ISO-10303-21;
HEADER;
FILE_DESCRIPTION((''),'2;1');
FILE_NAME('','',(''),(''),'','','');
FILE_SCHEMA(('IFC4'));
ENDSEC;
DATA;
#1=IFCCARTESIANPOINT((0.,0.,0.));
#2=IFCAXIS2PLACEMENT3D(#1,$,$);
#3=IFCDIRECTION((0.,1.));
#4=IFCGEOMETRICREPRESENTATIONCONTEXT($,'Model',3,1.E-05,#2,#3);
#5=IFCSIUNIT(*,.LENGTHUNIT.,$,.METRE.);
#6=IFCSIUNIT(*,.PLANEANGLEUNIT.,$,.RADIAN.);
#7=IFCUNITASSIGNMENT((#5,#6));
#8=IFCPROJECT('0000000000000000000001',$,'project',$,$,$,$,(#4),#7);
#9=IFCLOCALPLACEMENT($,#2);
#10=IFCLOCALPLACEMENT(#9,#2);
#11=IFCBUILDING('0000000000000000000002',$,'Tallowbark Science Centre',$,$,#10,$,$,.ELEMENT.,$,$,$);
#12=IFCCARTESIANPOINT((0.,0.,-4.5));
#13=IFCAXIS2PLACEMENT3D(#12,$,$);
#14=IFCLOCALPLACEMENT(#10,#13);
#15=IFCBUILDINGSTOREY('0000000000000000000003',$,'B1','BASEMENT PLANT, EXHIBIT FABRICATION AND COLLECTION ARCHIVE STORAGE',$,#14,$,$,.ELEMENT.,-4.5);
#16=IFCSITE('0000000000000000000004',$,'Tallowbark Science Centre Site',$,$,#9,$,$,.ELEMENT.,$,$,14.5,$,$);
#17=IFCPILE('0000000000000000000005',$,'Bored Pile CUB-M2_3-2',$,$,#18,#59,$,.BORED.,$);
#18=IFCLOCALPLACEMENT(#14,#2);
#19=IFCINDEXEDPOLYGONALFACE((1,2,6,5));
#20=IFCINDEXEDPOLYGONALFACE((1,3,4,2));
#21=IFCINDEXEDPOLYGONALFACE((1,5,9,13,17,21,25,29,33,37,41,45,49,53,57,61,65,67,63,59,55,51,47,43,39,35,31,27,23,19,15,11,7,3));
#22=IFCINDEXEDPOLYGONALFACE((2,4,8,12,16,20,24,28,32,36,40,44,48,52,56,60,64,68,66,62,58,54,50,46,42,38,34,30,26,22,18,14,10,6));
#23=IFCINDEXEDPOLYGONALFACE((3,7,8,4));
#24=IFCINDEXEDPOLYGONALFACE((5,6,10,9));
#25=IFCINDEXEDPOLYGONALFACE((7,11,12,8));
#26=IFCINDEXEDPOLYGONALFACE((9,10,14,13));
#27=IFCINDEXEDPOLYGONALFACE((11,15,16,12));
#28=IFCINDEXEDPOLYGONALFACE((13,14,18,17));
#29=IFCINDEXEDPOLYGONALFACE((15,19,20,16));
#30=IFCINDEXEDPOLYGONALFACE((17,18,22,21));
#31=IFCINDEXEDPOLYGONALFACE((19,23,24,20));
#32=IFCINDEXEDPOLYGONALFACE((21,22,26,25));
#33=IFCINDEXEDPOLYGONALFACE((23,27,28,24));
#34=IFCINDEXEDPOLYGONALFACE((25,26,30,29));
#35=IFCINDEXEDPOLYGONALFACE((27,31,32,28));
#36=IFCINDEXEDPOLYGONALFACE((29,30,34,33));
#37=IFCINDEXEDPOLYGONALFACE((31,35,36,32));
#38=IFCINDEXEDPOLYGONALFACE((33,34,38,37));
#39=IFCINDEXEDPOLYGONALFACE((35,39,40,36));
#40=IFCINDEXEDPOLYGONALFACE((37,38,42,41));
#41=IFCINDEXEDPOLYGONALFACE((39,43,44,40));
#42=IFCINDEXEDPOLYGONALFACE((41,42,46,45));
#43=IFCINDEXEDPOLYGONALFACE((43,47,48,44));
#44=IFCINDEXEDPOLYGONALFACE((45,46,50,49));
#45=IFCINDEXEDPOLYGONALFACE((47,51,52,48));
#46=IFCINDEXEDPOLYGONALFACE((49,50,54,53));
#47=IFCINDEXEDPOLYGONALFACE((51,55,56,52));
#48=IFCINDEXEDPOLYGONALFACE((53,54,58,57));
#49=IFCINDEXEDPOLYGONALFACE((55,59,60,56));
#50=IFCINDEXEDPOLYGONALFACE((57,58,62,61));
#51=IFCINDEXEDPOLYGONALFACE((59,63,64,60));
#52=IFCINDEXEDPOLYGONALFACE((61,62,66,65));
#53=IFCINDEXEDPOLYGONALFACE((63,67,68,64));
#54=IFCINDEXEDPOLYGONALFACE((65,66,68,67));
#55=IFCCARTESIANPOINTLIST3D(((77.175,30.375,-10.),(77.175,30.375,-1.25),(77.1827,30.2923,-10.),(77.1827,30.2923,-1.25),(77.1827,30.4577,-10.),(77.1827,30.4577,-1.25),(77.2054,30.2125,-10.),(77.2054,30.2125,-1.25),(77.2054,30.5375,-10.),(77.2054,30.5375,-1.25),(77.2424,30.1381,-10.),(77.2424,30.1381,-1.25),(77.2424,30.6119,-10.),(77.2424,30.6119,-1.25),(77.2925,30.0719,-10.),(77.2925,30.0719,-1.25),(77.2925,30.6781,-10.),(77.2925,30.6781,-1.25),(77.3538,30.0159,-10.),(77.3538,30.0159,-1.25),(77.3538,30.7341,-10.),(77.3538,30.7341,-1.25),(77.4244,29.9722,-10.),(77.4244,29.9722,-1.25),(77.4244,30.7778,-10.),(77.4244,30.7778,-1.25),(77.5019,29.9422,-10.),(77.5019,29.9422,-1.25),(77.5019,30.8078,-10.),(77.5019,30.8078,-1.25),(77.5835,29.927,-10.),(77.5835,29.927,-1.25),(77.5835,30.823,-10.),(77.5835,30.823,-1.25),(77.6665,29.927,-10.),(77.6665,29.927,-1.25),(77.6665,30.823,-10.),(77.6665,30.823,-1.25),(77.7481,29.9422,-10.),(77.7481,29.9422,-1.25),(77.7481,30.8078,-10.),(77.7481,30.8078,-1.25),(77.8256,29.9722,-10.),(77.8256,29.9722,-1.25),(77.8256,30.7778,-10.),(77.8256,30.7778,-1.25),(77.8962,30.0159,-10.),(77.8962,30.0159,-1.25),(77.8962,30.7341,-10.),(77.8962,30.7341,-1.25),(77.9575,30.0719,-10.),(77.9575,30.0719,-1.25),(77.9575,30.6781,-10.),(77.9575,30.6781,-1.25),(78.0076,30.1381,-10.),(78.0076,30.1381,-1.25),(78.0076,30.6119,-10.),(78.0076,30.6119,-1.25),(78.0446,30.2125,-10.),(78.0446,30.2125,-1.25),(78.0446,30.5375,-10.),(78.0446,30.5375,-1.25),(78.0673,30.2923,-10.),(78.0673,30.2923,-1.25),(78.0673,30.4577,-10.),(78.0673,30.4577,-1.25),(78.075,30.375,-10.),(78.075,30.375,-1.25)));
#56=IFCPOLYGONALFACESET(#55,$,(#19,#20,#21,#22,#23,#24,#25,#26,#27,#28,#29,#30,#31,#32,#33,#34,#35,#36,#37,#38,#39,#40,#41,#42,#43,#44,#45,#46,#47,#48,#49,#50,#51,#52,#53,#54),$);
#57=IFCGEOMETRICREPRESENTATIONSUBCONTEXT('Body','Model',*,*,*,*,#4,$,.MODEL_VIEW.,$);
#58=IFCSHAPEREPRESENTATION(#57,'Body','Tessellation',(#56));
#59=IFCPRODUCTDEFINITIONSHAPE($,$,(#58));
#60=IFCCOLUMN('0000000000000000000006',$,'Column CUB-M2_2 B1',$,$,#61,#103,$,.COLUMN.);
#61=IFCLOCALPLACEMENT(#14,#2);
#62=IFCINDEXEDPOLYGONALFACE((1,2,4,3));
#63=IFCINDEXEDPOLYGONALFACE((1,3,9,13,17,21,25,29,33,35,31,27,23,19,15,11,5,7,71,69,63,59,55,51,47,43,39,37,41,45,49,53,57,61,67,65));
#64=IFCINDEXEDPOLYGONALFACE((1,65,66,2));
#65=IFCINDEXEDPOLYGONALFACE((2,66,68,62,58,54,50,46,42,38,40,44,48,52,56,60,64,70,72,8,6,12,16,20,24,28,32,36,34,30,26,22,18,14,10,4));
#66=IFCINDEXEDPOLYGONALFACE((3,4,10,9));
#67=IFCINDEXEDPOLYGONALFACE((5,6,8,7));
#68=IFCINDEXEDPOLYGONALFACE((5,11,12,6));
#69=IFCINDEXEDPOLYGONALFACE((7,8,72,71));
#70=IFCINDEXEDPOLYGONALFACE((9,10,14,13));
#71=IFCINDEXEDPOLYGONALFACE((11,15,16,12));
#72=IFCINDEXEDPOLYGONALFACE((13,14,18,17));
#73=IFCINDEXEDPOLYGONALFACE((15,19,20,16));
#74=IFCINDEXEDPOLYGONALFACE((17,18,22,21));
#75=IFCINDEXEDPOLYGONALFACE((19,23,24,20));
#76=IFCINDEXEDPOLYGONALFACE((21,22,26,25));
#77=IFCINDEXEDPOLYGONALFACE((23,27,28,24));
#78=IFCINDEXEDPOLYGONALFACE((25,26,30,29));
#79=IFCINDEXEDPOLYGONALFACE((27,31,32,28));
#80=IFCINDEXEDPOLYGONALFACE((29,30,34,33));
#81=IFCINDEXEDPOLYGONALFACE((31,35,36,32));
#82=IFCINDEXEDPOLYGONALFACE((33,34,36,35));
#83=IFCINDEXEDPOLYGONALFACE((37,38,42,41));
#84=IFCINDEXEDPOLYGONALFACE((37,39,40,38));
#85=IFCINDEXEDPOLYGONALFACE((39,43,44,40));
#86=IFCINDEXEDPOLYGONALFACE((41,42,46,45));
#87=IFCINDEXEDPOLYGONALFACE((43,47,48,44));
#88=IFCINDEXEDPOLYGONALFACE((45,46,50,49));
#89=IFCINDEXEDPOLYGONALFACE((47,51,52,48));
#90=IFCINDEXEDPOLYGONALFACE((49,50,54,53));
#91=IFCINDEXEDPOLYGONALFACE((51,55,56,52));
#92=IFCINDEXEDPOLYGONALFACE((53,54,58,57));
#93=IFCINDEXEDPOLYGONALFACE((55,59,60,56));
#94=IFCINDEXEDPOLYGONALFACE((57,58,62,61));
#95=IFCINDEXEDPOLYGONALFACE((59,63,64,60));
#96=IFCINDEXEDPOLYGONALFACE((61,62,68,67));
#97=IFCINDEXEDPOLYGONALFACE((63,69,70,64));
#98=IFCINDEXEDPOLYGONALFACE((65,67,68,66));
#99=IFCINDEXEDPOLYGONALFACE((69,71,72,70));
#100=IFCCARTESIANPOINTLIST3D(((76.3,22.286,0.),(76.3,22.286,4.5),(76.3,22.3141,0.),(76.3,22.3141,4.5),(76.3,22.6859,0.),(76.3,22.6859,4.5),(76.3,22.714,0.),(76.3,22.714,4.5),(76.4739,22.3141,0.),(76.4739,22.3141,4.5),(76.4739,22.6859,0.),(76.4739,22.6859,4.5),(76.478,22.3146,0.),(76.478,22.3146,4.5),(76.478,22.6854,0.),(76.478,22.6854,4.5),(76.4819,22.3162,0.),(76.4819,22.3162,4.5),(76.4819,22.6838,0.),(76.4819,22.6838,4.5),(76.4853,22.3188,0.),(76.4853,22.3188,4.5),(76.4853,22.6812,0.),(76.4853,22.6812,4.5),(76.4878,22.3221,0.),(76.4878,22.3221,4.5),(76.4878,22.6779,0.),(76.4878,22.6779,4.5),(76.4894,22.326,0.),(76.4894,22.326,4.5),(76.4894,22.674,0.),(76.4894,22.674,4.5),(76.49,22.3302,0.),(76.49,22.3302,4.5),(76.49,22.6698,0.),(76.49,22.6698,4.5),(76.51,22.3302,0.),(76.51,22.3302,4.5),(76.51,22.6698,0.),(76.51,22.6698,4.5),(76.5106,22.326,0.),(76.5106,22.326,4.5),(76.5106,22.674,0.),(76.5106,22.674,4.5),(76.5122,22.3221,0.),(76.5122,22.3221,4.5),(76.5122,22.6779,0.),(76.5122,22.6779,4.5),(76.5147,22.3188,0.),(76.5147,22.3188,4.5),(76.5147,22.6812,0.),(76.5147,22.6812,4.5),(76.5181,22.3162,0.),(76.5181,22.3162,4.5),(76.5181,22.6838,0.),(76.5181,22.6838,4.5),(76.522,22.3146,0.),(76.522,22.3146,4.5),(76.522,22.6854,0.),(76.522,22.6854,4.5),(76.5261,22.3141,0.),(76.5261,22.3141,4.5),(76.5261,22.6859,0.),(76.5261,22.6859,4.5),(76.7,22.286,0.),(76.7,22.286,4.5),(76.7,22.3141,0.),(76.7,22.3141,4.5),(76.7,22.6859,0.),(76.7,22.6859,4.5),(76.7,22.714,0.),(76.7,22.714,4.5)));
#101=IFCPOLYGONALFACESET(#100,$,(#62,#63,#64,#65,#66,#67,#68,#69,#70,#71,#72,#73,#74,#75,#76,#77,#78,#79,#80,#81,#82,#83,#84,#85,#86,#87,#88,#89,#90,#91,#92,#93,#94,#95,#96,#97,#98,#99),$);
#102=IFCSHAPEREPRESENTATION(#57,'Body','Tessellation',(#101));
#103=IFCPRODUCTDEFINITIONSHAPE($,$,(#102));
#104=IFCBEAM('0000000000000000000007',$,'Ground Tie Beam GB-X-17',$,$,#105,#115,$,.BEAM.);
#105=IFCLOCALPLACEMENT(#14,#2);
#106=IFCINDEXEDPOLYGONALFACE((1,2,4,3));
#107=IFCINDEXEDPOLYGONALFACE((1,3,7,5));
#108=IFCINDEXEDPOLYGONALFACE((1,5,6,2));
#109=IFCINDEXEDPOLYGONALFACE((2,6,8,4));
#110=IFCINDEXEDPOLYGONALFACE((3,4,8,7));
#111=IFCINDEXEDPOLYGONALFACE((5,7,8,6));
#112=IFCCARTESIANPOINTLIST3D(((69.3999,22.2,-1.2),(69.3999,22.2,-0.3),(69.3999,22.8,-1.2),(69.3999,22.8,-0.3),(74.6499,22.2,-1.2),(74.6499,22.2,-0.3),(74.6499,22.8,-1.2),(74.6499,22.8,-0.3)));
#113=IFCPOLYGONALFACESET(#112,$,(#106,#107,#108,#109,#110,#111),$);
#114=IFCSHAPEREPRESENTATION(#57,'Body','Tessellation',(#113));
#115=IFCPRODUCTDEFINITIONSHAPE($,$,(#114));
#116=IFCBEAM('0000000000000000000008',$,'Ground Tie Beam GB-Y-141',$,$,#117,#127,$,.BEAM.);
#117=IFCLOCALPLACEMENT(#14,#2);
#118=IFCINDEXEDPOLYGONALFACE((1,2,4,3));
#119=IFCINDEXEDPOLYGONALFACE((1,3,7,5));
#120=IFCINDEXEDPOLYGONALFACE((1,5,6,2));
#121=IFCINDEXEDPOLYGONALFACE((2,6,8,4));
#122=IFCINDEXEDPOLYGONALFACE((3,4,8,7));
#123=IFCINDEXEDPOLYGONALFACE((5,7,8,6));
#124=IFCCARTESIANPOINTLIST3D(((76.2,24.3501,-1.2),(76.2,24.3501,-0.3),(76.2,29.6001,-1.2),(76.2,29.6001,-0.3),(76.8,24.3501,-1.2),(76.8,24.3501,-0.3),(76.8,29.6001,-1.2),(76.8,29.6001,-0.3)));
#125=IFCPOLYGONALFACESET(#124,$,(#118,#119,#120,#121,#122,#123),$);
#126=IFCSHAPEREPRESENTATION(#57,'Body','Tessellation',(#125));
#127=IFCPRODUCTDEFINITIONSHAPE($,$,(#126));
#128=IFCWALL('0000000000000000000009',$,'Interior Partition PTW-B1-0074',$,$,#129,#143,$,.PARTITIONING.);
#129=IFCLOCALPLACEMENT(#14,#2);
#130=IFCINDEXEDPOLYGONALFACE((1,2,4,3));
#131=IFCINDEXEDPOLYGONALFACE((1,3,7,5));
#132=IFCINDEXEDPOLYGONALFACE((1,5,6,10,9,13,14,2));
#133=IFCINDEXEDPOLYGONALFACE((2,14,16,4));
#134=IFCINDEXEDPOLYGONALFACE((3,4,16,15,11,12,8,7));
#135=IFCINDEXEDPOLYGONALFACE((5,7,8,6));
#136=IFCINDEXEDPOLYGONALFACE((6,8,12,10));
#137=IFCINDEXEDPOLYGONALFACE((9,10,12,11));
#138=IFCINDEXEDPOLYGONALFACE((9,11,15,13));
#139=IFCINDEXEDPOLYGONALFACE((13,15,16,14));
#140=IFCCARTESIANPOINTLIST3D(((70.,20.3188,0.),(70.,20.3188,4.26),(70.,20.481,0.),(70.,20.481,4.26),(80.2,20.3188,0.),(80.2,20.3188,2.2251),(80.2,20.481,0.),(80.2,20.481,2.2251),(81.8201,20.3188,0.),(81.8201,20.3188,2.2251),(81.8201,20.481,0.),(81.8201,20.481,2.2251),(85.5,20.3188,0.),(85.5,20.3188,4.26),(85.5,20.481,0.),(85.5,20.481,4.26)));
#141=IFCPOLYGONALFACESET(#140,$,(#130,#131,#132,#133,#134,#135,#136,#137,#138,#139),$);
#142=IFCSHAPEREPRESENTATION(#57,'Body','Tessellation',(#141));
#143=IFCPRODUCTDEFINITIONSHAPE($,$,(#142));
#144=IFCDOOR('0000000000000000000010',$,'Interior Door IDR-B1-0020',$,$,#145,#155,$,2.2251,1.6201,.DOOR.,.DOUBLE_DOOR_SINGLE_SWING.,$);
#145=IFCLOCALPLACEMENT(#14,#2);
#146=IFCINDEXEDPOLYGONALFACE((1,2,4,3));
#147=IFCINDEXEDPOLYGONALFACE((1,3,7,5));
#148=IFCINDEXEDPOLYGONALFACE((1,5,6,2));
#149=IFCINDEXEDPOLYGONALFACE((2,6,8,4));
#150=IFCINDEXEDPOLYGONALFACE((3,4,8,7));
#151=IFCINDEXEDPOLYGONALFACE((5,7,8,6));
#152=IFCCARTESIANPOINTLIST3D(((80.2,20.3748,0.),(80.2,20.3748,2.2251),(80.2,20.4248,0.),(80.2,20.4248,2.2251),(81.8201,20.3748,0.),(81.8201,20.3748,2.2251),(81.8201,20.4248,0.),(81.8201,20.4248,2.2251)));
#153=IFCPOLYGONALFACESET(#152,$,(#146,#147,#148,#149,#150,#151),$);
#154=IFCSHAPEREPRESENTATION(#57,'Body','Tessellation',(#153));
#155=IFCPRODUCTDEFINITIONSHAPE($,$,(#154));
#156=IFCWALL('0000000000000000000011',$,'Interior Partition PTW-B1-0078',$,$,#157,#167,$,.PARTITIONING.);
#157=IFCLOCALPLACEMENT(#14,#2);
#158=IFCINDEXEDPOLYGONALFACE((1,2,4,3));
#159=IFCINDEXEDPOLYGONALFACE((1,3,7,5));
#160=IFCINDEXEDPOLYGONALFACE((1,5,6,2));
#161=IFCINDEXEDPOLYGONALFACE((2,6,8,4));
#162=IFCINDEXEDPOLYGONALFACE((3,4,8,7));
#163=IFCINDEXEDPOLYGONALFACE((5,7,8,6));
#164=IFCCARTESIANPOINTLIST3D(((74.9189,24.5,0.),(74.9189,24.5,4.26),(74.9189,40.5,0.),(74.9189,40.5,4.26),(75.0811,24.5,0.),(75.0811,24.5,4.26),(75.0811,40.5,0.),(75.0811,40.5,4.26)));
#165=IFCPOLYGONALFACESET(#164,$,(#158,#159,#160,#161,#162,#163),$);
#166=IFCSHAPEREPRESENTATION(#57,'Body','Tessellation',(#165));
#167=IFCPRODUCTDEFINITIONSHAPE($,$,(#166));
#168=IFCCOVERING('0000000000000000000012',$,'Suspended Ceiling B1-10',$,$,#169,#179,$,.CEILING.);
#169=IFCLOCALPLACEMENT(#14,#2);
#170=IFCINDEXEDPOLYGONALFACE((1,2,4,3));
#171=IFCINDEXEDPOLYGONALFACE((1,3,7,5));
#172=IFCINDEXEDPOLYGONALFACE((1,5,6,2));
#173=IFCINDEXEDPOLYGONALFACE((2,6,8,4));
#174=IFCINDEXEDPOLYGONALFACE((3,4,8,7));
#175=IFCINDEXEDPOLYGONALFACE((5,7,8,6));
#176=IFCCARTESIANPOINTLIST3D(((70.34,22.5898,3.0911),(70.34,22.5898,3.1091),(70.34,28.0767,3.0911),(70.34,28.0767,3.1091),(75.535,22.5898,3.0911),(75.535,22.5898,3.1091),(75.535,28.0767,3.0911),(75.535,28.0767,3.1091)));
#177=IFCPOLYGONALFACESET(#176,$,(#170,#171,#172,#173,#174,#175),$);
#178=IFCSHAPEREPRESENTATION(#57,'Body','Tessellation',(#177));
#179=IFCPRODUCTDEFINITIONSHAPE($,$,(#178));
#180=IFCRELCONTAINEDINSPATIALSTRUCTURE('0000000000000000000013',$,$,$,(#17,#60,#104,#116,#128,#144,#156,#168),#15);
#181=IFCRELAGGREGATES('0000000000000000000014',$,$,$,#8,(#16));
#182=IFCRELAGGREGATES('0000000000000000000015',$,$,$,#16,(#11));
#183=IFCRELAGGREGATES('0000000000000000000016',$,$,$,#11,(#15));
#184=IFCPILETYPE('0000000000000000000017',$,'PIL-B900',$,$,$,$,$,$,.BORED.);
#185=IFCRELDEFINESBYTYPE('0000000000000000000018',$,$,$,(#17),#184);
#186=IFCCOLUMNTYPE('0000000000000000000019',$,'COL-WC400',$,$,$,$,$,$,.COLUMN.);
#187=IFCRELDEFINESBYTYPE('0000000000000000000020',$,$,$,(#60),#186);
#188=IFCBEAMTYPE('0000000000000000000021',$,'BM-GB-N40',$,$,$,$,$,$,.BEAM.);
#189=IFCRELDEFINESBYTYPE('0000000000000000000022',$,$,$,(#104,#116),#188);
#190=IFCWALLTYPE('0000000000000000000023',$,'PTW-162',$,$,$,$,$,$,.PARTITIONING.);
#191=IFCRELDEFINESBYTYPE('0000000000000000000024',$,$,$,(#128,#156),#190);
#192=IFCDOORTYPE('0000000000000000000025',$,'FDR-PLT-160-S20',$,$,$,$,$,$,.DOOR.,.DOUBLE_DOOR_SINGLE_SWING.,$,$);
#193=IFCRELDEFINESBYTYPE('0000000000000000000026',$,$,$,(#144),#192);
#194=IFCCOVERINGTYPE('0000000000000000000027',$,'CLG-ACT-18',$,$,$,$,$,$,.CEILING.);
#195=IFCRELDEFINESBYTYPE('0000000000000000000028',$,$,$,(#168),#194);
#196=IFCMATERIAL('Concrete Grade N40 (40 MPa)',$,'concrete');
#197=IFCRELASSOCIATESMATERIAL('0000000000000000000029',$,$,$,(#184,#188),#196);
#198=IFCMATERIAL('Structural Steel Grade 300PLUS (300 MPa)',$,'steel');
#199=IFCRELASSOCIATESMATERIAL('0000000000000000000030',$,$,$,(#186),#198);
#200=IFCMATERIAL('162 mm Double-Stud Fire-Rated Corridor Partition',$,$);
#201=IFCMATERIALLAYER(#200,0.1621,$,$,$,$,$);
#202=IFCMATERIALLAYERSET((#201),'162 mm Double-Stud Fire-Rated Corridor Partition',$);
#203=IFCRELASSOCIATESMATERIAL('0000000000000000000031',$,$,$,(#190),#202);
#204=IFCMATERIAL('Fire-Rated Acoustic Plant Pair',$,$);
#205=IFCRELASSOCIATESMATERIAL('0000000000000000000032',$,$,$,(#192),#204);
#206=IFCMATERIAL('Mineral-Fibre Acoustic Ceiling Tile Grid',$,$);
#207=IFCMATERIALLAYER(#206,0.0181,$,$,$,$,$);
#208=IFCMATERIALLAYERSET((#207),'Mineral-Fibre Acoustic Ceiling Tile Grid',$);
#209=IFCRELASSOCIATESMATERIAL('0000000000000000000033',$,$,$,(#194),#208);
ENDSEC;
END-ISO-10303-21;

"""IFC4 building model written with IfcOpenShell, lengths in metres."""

from ifc_helpers import new_model, si_unit, direction, frame, frame_2d, origin, origin_2d, place, context, subcontext, project, spatial, rectangle, circle, i_section, extrude, material, layer, layer_set, material_profile, profile_set, type_object, element, fill, save


model = new_model("IFC4")

# Units and contexts
model_context = context("Model", 3, precision=1e-05, world=origin(), true_north=direction((0.0, 1.0)))
body_context = subcontext(model_context, "Body", "Model", "MODEL_VIEW")
ifc_project = project(units=[si_unit("LENGTHUNIT", "METRE"), si_unit("PLANEANGLEUNIT", "RADIAN")], contexts=[model_context])

# Site, building, storey
site_placement = place(None, origin())
site = spatial("IfcSite", under=ifc_project, at=site_placement, Name="Tallowbark Science Centre Site", CompositionType="ELEMENT", RefElevation=14.5)
building_placement = place(site_placement, origin())
building = spatial("IfcBuilding", under=site, at=building_placement, Name="Tallowbark Science Centre", CompositionType="ELEMENT")
storey_placement = place(building_placement, frame((0.0, 0.0, -4.5)))
storey = spatial("IfcBuildingStorey", under=building, at=storey_placement, Name="B1", Description="BASEMENT PLANT, EXHIBIT FABRICATION AND COLLECTION ARCHIVE STORAGE", CompositionType="ELEMENT", Elevation=-4.5)

# Shared definitions
ifc_material_1 = material(Name="Concrete Grade N40 (40 MPa)", Category="concrete")

# Pile
ifc_material_profile_1 = material_profile(ifc_material_1, circle(Radius=0.45, at=origin_2d()), Name="PILE900")
ifc_profile_set_1 = profile_set([ifc_material_profile_1], Name="Concrete Grade N40 (40 MPa)")
pile_type = type_object("IfcPileType", Name="PIL-B900", PredefinedType="BORED", material=ifc_profile_set_1)
for number, where, z_axis, x_axis, name in (
    (1, (77.625, 30.375, -1.25), (0.0, 0.0, -1.0), (1.0, 0.0, 0.0), "Bored Pile CUB-M2_3-2"),
):
    element("IfcPile", number, at=place(storey_placement, frame(where, z_axis=z_axis, x_axis=x_axis)), inside=storey, type_object=pile_type, Name=name, PredefinedType="BORED", context=body_context, shape_type="SweptSolid", body=[
        extrude(circle(Radius=0.45, at=origin_2d()), origin(), (0.0, 0.0, 1.0), 8.75),
    ])

# Column
ifc_material_2 = material(Name="Structural Steel Grade 300PLUS (300 MPa)", Category="steel")
ifc_material_profile_2 = material_profile(ifc_material_2, i_section(OverallWidth=0.3999, OverallDepth=0.428, WebThickness=0.02, FlangeThickness=0.0281, FilletRadius=0.0161, at=origin_2d()), Name="400WC270")
ifc_profile_set_2 = profile_set([ifc_material_profile_2], Name="Structural Steel Grade 300PLUS (300 MPa)")
column_type = type_object("IfcColumnType", Name="COL-WC400", PredefinedType="COLUMN", material=ifc_profile_set_2)
column_placement = place(storey_placement, frame((76.5, 22.5, 0.0), z_axis=(0.0, 0.0, 1.0), x_axis=(1.0, 0.0, 0.0)))
element("IfcColumn", 2, at=column_placement, inside=storey, type_object=column_type, Name="Column CUB-M2_2 B1", PredefinedType="COLUMN", context=body_context, shape_type="SweptSolid", body=[
    extrude(i_section(OverallWidth=0.3999, OverallDepth=0.428, WebThickness=0.02, FlangeThickness=0.0281, FilletRadius=0.0161, at=origin_2d()), origin(), (0.0, 0.0, 1.0), 4.5),
])

# Beams
ifc_material_profile_3 = material_profile(ifc_material_1, rectangle(XDim=0.6001, YDim=0.8999, at=origin_2d()), Name="RC600x900")
ifc_profile_set_3 = profile_set([ifc_material_profile_3], Name="Concrete Grade N40 (40 MPa)")
beam_type = type_object("IfcBeamType", Name="BM-GB-N40", PredefinedType="BEAM", material=ifc_profile_set_3)
for number, where, z_axis, x_axis, name in (
    (3, (69.3999, 22.5, -0.75), (1.0, 0.0, 0.0), (0.0, 1.0, 0.0), "Ground Tie Beam GB-X-17"),
    (4, (76.5, 24.3501, -0.75), (0.0, 1.0, 0.0), (-1.0, 0.0, 0.0), "Ground Tie Beam GB-Y-141"),
):
    element("IfcBeam", number, at=place(storey_placement, frame(where, z_axis=z_axis, x_axis=x_axis)), inside=storey, type_object=beam_type, Name=name, PredefinedType="BEAM", context=body_context, shape_type="SweptSolid", body=[
        extrude(rectangle(XDim=0.6001, YDim=0.8999, at=origin_2d()), origin(), (0.0, 0.0, 1.0), 5.25),
    ])

# Wall, opening, door
ifc_material_3 = material(Name="162 mm Double-Stud Fire-Rated Corridor Partition")
ifc_layer_1 = layer(ifc_material_3, 0.1621)
ifc_layer_set_1 = layer_set([ifc_layer_1], Name="162 mm Double-Stud Fire-Rated Corridor Partition")
wall_type = type_object("IfcWallType", Name="PTW-162", PredefinedType="PARTITIONING", material=ifc_layer_set_1)
wall_1_placement = place(storey_placement, frame((70.0, 20.3999, 0.0), z_axis=(0.0, 0.0, 1.0), x_axis=(1.0, 0.0, 0.0)))
wall_1 = element("IfcWall", 5, at=wall_1_placement, inside=storey, type_object=wall_type, Name="Interior Partition PTW-B1-0074", PredefinedType="PARTITIONING", context=body_context, shape_type="SweptSolid", body=[
    extrude(rectangle(XDim=15.5, YDim=0.1621, at=frame_2d((7.75, 0.0))), origin(), (0.0, 0.0, 1.0), 4.26),
])
opening_placement = place(wall_1_placement, frame((10.2, 0.0, 0.0)))
opening = element("IfcOpeningElement", 6, at=opening_placement, cuts=wall_1, PredefinedType="OPENING", context=body_context, shape_type="SweptSolid", body=[
    extrude(rectangle(XDim=1.6201, YDim=2.2251, at=frame_2d((0.8101, 1.1125))), frame((0.0, 0.0911, 0.0), z_axis=(0.0, -1.0, 0.0), x_axis=(1.0, 0.0, 0.0)), (0.0, 0.0, 1.0), 0.1821),
])
ifc_material_4 = material(Name="Fire-Rated Acoustic Plant Pair")
door_type = type_object("IfcDoorType", Name="FDR-PLT-160-S20", OperationType="DOUBLE_DOOR_SINGLE_SWING", PredefinedType="DOOR", material=ifc_material_4)
door_placement = place(opening_placement, origin())
door = element("IfcDoor", 7, at=door_placement, inside=storey, type_object=door_type, Name="Interior Door IDR-B1-0020", OperationType="DOUBLE_DOOR_SINGLE_SWING", OverallHeight=2.2251, OverallWidth=1.6201, PredefinedType="DOOR", context=body_context, shape_type="SweptSolid", body=[
    extrude(rectangle(XDim=1.6201, YDim=2.2251, at=frame_2d((0.8101, 1.1125))), frame((0.0, 0.0249, 0.0), z_axis=(0.0, -1.0, 0.0), x_axis=(1.0, 0.0, 0.0)), (0.0, 0.0, 1.0), 0.05),
])
fill(opening, door)

# Wall
wall_2_placement = place(storey_placement, frame((75.0, 24.5, 0.0), z_axis=(0.0, 0.0, 1.0), x_axis=(0.0, 1.0, 0.0)))
element("IfcWall", 8, at=wall_2_placement, inside=storey, type_object=wall_type, Name="Interior Partition PTW-B1-0078", PredefinedType="PARTITIONING", context=body_context, shape_type="SweptSolid", body=[
    extrude(rectangle(XDim=16.0, YDim=0.1621, at=frame_2d((8.0, 0.0))), origin(), (0.0, 0.0, 1.0), 4.26),
])

# Covering
ifc_material_5 = material(Name="Mineral-Fibre Acoustic Ceiling Tile Grid")
ifc_layer_2 = layer(ifc_material_5, 0.0181)
ifc_layer_set_2 = layer_set([ifc_layer_2], Name="Mineral-Fibre Acoustic Ceiling Tile Grid")
covering_type_1 = type_object("IfcCoveringType", Name="CLG-ACT-18", PredefinedType="CEILING", material=ifc_layer_set_2)
for number, where, z_axis, x_axis, name in (
    (9, (72.9375, 25.3333, 3.0911), (0.0, 0.0, 1.0), (1.0, 0.0, 0.0), "Suspended Ceiling B1-10"),
):
    element("IfcCovering", number, at=place(storey_placement, frame(where, z_axis=z_axis, x_axis=x_axis)), inside=storey, type_object=covering_type_1, Name=name, PredefinedType="CEILING", context=body_context, shape_type="SweptSolid", body=[
        extrude(rectangle(XDim=5.1951, YDim=5.4868, at=origin_2d()), origin(), (0.0, 0.0, 1.0), 0.0181),
    ])

save(model, "model.ifc")
